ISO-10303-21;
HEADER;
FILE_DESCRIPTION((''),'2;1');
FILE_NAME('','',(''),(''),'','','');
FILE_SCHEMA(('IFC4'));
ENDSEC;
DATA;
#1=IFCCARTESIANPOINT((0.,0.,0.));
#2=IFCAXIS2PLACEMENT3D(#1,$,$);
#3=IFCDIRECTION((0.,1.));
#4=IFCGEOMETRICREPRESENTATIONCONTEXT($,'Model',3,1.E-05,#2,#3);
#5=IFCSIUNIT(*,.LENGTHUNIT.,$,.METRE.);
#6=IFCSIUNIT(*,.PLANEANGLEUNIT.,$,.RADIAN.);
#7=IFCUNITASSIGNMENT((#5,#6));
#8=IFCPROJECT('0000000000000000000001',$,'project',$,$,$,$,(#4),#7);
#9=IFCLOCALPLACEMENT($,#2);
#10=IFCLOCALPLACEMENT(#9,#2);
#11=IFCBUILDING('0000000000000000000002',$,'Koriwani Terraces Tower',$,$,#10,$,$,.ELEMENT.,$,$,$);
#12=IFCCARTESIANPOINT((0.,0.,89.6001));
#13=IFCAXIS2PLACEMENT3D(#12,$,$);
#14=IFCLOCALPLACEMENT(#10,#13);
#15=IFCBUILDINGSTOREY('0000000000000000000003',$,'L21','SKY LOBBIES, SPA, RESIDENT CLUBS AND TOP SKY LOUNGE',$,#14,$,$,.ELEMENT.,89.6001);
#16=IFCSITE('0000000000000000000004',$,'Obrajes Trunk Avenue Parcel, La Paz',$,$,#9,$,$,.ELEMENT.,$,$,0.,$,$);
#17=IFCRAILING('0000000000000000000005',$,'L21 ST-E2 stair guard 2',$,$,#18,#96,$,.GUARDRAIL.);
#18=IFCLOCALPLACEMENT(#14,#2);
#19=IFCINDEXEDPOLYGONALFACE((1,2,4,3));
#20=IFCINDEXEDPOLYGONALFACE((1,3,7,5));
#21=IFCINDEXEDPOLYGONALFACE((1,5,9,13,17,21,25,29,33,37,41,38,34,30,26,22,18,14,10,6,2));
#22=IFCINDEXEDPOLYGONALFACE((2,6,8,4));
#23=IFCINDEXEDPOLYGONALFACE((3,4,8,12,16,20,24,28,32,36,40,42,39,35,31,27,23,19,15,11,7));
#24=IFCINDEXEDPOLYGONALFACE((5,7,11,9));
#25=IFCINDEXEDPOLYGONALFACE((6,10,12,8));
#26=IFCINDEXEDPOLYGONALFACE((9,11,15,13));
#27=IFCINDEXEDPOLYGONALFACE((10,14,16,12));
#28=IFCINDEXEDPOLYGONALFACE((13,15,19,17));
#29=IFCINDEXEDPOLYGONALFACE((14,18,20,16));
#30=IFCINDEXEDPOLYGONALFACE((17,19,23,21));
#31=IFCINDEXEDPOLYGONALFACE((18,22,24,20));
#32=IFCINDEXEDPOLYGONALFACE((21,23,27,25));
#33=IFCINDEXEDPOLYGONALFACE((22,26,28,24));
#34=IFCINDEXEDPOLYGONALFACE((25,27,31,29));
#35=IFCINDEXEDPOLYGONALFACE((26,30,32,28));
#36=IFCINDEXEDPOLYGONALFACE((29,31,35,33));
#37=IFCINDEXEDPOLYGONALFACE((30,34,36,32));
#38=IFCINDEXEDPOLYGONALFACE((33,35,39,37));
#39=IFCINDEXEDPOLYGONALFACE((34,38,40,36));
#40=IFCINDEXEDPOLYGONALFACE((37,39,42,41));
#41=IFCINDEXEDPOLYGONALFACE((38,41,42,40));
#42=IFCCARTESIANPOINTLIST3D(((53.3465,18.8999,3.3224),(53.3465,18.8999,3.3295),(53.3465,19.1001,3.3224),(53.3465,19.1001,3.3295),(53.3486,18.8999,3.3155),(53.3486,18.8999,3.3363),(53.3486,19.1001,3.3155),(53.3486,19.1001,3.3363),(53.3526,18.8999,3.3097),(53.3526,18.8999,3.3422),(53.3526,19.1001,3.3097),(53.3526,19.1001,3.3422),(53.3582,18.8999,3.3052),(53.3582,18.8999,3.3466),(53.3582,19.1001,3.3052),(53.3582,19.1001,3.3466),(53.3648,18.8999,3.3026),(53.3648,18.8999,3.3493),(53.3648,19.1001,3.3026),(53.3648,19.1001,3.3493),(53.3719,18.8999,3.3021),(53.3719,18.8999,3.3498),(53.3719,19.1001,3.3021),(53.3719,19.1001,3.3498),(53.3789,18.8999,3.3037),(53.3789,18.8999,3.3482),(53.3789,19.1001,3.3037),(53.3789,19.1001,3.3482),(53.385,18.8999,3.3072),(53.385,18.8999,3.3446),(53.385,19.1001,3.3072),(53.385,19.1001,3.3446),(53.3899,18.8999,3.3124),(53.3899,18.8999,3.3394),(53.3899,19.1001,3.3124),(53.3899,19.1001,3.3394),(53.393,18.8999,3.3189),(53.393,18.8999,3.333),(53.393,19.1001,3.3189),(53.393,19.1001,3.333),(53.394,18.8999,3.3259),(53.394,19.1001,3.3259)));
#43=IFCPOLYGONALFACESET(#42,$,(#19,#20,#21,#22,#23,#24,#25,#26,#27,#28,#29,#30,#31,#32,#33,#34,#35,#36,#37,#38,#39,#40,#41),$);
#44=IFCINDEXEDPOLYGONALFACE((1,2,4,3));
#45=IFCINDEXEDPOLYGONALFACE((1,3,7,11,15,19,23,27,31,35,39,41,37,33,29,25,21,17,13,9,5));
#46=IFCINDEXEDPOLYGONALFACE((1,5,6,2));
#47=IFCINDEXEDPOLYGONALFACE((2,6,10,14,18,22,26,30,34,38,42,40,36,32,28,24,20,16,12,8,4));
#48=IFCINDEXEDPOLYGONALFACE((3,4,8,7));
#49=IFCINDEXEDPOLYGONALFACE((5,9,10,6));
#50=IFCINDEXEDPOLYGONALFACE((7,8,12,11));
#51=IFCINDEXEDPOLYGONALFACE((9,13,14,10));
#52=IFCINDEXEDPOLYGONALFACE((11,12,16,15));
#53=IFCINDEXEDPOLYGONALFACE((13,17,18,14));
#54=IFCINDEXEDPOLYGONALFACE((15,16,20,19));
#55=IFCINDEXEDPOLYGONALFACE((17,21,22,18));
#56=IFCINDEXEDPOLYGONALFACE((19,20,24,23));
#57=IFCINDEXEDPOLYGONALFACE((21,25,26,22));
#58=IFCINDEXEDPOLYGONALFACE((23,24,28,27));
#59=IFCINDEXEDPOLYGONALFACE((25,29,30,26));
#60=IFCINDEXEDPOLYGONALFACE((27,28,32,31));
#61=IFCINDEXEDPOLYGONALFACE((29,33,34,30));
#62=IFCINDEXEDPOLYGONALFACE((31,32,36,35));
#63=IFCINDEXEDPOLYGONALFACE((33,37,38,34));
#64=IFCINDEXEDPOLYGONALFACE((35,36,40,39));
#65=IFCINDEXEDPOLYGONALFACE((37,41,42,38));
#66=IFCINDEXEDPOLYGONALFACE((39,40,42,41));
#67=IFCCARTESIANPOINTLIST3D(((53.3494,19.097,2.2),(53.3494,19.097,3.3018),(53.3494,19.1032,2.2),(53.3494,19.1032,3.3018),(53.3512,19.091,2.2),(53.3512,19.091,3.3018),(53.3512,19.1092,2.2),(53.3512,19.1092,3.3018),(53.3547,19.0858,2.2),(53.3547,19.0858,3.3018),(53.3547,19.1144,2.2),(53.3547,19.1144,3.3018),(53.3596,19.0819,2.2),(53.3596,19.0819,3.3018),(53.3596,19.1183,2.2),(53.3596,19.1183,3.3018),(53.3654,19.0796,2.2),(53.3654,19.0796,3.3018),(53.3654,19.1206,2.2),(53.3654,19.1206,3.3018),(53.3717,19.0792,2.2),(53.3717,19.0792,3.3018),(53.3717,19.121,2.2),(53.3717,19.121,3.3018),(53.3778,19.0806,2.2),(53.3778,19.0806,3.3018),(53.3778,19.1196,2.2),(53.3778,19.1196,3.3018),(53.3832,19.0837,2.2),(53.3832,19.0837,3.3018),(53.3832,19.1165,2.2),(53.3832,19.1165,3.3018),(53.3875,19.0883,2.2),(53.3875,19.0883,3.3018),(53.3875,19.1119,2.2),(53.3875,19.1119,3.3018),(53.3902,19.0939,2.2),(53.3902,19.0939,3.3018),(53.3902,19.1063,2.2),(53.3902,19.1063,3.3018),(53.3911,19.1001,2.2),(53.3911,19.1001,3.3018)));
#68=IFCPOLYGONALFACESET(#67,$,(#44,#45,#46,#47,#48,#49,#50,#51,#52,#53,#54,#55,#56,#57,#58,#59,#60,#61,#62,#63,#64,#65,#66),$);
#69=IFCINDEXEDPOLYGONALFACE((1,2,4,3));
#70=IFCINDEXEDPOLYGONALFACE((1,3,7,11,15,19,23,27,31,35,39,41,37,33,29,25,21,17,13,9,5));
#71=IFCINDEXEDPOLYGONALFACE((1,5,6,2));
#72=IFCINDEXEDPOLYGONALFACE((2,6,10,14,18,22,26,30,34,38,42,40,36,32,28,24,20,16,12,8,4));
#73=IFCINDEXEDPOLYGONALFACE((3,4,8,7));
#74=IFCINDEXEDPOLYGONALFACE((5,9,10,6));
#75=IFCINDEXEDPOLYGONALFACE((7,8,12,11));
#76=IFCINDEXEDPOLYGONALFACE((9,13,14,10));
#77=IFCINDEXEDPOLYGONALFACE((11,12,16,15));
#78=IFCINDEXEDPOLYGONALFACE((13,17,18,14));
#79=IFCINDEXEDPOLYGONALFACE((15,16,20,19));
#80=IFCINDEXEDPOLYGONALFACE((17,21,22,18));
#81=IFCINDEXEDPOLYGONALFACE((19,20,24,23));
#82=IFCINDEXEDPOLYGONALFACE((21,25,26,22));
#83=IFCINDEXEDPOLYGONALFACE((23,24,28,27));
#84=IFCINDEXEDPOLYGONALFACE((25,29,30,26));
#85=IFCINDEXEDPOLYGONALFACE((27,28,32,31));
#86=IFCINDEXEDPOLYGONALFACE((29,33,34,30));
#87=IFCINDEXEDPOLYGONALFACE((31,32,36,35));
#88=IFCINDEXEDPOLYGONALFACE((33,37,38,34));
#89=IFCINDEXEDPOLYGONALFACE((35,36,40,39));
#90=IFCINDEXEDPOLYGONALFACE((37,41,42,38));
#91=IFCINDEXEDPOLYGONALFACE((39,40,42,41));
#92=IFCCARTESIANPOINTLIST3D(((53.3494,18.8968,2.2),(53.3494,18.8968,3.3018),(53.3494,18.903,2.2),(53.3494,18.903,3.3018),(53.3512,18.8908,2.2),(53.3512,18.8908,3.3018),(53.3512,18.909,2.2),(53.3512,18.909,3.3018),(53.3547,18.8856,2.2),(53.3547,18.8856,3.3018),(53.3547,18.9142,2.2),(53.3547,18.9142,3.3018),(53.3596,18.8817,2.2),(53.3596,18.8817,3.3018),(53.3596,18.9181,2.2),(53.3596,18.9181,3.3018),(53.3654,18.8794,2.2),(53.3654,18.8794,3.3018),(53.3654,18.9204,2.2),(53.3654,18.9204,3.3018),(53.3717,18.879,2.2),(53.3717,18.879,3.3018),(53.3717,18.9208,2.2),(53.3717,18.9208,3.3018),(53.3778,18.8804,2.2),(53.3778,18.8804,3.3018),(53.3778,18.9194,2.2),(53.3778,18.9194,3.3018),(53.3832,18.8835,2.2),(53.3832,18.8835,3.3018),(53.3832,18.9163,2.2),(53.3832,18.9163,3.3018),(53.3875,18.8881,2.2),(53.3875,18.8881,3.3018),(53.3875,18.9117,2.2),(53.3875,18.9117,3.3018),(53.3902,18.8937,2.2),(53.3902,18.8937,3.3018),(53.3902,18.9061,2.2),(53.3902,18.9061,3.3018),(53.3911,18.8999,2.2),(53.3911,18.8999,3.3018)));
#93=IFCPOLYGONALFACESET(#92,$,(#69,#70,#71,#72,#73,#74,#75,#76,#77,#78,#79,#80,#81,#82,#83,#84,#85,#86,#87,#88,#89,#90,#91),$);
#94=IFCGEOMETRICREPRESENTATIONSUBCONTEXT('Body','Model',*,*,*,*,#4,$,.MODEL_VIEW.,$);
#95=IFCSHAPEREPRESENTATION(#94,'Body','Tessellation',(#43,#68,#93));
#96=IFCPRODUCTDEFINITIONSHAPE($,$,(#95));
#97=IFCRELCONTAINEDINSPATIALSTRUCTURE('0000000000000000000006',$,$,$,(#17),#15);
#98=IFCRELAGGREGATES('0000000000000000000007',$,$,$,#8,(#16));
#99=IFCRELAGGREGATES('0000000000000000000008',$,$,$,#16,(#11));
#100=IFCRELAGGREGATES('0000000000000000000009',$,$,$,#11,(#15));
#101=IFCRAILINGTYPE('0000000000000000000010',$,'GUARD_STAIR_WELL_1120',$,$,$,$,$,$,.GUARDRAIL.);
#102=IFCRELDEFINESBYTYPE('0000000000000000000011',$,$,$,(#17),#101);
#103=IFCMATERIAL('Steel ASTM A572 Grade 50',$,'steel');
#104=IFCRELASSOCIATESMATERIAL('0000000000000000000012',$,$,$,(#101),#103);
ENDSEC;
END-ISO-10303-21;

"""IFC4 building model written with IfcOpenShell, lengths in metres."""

from ifc_helpers import new_model, si_unit, direction, frame, origin, origin_2d, place, context, subcontext, project, spatial, circle, extrude, material, type_object, element, save


model = new_model("IFC4")

# Units and contexts
model_context = context("Model", 3, precision=1e-05, world=origin(), true_north=direction((0.0, 1.0)))
body_context = subcontext(model_context, "Body", "Model", "MODEL_VIEW")
ifc_project = project(units=[si_unit("LENGTHUNIT", "METRE"), si_unit("PLANEANGLEUNIT", "RADIAN")], contexts=[model_context])

# Site, building, storey
site_placement = place(None, origin())
site = spatial("IfcSite", under=ifc_project, at=site_placement, Name="Obrajes Trunk Avenue Parcel, La Paz", CompositionType="ELEMENT", RefElevation=0.0)
building_placement = place(site_placement, origin())
building = spatial("IfcBuilding", under=site, at=building_placement, Name="Koriwani Terraces Tower", CompositionType="ELEMENT")
storey_placement = place(building_placement, frame((0.0, 0.0, 89.6001)))
storey = spatial("IfcBuildingStorey", under=building, at=storey_placement, Name="L21", Description="SKY LOBBIES, SPA, RESIDENT CLUBS AND TOP SKY LOUNGE", CompositionType="ELEMENT", Elevation=89.6001)

# Shared definitions
ifc_material_1 = material(Name="Steel ASTM A572 Grade 50", Category="steel")

# Railing
railing_type_1 = type_object("IfcRailingType", Name="GUARD_STAIR_WELL_1120", PredefinedType="GUARDRAIL", material=ifc_material_1)
railing_1_placement = place(storey_placement, frame((53.3701, 19.1001, 2.2)))
element("IfcRailing", 1, at=railing_1_placement, inside=storey, type_object=railing_type_1, Name="L21 ST-E2 stair guard 2", PredefinedType="GUARDRAIL", context=body_context, shape_type="SweptSolid", body=[
    extrude(circle(Radius=0.0239, at=origin_2d()), frame((0.0, 0.0, 1.126), z_axis=(0.0, -1.0, 0.0), x_axis=(1.0, 0.0, 0.0)), (0.0, 0.0, 1.0), 0.2002),
    extrude(circle(Radius=0.021, at=origin_2d()), origin(), (0.0, 0.0, 1.0), 1.1018),
    extrude(circle(Radius=0.021, at=origin_2d()), frame((0.0, -0.2002, 0.0)), (0.0, 0.0, 1.0), 1.1018),
])

save(model, "model.ifc")
